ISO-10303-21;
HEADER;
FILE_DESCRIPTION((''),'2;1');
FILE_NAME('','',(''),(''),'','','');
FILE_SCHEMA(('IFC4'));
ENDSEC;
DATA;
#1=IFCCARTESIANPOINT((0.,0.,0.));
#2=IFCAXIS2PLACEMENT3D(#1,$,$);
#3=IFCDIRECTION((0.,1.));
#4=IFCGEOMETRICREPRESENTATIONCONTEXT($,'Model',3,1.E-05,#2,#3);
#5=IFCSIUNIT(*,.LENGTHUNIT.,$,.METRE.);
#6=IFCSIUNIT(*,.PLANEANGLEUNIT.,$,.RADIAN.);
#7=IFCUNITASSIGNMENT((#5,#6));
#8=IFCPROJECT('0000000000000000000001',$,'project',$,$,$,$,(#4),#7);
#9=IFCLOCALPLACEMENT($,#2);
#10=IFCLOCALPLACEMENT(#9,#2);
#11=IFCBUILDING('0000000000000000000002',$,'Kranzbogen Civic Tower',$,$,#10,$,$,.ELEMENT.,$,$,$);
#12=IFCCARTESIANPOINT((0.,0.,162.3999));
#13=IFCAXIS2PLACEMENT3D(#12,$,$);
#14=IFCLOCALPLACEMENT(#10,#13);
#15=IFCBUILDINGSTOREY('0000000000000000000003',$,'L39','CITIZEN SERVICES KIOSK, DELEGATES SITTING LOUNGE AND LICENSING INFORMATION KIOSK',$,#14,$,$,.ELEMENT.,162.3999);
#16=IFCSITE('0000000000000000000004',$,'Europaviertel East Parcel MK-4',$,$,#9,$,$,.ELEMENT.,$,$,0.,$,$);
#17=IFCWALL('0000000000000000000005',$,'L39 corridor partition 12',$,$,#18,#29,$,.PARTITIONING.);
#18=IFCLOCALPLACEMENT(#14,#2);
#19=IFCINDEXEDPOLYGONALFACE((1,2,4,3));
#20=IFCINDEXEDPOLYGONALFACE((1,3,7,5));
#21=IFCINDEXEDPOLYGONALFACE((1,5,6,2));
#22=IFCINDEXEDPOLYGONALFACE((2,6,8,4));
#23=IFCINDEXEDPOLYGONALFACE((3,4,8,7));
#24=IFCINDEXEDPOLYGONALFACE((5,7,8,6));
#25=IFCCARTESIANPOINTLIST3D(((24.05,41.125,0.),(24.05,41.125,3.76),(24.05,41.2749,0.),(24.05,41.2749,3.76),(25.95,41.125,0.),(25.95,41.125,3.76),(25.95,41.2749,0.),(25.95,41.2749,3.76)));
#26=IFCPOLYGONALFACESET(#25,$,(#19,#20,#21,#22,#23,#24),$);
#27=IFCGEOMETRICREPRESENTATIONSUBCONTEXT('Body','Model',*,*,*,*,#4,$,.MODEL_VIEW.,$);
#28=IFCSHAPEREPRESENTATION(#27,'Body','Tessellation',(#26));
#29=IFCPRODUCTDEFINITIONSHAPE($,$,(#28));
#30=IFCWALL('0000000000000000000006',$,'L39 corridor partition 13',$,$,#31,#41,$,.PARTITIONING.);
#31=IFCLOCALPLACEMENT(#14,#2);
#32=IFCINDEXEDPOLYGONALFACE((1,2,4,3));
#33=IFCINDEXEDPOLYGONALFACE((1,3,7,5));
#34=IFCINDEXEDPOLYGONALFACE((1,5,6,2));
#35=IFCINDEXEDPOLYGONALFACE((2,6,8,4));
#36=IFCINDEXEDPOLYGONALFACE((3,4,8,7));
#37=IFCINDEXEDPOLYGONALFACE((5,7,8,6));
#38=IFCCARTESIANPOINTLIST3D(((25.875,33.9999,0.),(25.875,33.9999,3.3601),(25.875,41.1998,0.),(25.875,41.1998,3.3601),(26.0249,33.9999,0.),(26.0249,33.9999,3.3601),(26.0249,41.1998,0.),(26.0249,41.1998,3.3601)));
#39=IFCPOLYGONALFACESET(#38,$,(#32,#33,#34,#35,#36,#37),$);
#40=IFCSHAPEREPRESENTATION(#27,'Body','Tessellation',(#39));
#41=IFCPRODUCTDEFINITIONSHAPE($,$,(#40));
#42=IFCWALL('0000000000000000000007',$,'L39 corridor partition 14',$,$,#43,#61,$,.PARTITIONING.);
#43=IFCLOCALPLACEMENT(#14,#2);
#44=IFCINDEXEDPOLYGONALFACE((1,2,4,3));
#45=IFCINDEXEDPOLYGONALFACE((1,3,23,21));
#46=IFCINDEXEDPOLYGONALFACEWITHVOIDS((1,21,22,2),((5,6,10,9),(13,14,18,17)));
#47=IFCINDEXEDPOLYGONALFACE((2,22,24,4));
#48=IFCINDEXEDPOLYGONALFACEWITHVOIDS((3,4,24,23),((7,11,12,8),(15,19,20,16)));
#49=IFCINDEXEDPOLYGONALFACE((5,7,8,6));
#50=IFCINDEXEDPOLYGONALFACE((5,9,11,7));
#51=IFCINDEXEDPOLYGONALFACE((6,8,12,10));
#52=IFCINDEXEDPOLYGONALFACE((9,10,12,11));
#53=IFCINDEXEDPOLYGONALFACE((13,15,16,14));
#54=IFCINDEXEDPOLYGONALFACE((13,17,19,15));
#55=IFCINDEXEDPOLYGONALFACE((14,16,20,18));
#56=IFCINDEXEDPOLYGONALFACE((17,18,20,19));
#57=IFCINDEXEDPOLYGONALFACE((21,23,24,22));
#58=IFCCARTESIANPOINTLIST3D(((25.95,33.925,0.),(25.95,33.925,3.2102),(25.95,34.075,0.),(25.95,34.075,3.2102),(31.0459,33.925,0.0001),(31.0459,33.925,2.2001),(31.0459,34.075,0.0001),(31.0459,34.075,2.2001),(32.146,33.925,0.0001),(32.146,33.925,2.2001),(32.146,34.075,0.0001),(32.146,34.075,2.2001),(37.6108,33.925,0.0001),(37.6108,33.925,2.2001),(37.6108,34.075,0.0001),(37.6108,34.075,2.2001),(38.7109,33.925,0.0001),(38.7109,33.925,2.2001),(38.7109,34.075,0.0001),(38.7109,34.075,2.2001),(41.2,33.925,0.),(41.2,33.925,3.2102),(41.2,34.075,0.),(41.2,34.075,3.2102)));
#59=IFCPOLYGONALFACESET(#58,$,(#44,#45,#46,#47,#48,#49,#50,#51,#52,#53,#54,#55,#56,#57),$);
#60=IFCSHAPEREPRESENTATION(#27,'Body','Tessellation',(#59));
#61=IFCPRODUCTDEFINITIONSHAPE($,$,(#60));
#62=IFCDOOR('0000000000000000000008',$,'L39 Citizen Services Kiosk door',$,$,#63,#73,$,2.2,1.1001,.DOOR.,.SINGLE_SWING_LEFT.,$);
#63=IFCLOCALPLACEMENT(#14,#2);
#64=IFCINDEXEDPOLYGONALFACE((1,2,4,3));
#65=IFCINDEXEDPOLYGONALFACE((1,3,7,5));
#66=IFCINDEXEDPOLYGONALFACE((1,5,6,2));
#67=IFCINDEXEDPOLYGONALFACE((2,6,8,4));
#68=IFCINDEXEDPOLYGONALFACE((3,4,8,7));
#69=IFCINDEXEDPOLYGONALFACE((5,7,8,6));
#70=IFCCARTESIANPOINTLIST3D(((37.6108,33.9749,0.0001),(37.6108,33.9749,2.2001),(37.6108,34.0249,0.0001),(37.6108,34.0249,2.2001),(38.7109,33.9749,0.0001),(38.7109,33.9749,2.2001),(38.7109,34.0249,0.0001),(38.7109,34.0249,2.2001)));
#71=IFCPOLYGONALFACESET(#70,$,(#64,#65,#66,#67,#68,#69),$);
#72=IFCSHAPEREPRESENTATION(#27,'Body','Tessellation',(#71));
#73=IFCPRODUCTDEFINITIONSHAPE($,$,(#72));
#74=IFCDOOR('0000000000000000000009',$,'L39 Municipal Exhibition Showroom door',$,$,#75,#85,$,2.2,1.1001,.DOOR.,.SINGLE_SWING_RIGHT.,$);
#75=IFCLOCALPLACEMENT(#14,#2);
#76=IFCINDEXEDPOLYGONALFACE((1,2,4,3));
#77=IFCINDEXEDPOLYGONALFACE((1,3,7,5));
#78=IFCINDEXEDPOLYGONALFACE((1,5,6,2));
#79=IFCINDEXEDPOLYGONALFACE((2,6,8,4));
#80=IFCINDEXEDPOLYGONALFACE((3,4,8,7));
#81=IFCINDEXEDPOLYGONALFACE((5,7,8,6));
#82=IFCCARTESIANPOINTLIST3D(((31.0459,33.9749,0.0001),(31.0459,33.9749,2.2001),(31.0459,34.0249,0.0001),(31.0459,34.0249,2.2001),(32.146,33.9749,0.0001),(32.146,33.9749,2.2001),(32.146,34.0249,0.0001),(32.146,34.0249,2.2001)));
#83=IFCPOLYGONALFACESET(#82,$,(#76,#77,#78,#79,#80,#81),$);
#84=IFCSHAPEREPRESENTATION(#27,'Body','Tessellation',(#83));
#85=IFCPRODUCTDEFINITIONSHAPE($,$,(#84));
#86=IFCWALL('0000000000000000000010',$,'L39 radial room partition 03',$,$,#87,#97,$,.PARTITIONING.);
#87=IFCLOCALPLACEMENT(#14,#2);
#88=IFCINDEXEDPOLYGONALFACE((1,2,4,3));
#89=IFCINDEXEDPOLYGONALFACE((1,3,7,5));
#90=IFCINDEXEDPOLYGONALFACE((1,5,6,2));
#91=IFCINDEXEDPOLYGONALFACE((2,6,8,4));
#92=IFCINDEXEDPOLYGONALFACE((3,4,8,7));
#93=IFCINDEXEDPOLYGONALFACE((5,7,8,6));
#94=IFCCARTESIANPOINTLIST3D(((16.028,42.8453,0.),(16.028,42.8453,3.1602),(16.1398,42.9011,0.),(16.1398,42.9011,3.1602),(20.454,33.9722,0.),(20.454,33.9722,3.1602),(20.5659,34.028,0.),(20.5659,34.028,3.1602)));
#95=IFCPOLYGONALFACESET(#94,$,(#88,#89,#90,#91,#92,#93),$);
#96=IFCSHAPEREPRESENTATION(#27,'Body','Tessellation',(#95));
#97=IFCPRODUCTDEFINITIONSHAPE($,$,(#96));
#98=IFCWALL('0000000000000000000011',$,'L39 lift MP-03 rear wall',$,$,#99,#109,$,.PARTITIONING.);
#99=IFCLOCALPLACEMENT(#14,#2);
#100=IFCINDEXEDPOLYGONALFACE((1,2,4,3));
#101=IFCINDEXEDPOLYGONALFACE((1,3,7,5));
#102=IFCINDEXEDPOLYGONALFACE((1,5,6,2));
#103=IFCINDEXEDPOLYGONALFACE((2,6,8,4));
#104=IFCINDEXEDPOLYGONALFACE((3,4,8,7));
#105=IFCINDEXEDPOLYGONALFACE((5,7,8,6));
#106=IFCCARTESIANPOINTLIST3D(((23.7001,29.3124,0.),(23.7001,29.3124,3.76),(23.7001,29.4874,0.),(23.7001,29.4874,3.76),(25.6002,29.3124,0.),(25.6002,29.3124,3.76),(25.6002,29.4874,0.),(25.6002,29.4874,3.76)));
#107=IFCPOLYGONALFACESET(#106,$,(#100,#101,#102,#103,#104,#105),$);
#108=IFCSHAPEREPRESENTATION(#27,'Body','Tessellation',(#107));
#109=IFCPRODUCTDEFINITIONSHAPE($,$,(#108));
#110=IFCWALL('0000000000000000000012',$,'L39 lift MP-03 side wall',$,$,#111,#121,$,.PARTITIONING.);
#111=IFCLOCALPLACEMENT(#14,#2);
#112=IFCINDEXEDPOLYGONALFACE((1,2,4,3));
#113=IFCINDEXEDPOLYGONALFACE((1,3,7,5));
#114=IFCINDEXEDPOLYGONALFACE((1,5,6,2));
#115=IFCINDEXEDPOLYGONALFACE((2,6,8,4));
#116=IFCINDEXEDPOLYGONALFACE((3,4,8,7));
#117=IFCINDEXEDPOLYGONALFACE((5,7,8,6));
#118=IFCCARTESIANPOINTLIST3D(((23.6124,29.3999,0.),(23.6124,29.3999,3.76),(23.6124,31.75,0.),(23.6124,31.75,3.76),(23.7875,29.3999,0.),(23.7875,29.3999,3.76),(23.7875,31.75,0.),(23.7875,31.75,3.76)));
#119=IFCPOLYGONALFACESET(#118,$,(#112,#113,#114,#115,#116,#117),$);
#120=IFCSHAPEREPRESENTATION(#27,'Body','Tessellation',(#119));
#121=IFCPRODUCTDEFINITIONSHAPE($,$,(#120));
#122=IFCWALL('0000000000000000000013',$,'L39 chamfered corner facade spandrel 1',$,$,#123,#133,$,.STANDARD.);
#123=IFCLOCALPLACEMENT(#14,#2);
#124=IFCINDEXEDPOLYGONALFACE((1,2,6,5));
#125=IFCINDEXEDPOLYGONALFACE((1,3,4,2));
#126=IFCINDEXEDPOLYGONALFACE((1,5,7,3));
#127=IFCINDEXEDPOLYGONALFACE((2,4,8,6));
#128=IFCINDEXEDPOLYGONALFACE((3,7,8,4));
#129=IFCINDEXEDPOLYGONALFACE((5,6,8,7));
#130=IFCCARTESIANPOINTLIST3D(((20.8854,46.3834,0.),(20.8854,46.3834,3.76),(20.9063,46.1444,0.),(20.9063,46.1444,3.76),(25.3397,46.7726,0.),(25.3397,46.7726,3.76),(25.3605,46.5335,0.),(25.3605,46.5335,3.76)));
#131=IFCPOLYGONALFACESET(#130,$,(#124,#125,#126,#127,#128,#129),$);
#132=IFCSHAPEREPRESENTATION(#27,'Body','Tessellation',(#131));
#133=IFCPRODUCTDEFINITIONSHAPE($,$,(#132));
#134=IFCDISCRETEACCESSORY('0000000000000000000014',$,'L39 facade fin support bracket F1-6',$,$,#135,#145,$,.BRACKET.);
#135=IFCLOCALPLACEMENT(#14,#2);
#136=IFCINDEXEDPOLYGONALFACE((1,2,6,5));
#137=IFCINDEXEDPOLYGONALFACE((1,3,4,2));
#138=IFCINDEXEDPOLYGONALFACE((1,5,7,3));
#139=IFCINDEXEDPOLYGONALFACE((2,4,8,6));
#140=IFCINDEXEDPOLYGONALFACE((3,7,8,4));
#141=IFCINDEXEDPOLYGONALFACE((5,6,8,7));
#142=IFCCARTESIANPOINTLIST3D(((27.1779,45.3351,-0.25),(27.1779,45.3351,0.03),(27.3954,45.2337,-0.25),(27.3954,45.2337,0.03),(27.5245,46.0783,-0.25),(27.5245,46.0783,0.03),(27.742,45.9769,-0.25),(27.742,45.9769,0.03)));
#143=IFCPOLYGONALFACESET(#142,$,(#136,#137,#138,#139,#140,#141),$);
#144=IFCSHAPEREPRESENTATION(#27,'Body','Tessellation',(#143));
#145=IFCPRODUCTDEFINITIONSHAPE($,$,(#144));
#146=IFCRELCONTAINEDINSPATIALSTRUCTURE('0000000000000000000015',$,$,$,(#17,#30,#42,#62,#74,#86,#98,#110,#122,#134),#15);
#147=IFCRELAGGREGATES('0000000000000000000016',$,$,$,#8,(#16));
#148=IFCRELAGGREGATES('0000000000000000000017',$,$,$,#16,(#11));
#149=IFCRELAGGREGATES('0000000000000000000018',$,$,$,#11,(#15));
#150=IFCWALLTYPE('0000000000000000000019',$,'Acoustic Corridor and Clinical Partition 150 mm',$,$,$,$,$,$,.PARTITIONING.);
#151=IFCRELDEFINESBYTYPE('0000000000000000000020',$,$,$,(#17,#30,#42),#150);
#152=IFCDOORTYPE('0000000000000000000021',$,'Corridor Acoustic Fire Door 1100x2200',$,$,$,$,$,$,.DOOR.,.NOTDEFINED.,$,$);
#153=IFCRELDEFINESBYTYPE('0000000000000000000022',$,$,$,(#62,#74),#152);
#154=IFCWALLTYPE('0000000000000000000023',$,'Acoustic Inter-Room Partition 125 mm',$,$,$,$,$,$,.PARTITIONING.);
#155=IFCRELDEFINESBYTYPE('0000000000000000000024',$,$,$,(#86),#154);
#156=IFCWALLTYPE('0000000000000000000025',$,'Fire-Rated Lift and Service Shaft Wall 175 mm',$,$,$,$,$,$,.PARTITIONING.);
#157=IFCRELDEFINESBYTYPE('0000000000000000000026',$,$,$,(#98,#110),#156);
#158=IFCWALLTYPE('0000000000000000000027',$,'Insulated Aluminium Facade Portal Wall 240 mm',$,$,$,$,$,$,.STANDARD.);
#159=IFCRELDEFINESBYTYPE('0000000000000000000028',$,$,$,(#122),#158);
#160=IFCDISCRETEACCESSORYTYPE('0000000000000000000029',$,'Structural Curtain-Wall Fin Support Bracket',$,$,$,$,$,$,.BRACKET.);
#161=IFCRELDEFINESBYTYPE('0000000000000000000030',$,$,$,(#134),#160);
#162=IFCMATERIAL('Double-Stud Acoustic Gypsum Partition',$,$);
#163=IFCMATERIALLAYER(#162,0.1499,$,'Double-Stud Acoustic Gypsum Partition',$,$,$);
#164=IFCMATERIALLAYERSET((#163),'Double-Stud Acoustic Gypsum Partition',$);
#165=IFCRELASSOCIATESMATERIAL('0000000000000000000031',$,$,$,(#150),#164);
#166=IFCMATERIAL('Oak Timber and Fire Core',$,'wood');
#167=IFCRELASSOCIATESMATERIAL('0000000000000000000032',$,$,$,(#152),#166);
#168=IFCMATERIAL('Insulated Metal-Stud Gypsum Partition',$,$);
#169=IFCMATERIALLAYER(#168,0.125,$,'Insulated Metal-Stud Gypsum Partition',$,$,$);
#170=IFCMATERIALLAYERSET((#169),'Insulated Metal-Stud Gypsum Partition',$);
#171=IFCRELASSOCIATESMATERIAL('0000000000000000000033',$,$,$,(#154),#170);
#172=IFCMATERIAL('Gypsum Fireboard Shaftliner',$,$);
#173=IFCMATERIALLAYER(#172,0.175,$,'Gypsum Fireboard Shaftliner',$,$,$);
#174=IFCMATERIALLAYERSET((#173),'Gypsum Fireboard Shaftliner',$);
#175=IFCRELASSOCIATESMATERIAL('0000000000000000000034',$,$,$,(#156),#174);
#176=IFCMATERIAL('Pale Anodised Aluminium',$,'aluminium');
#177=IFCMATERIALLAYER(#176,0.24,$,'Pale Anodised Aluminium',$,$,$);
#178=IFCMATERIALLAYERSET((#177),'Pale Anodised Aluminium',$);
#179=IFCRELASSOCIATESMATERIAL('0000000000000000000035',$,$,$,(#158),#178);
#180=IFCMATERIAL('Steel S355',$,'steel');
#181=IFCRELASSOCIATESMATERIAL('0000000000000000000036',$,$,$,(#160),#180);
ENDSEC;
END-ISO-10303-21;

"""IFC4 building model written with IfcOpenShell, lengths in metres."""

from ifc_helpers import new_model, si_unit, direction, frame, frame_2d, origin, origin_2d, place, context, subcontext, project, spatial, rectangle, extrude, material, layer, layer_set, type_object, element, fill, save


model = new_model("IFC4")

# Units and contexts
model_context = context("Model", 3, precision=1e-05, world=origin(), true_north=direction((0.0, 1.0)))
body_context = subcontext(model_context, "Body", "Model", "MODEL_VIEW")
ifc_project = project(units=[si_unit("LENGTHUNIT", "METRE"), si_unit("PLANEANGLEUNIT", "RADIAN")], contexts=[model_context])

# Site, building, storey
site_placement = place(None, origin())
site = spatial("IfcSite", under=ifc_project, at=site_placement, Name="Europaviertel East Parcel MK-4", CompositionType="ELEMENT", RefElevation=0.0)
building_placement = place(site_placement, origin())
building = spatial("IfcBuilding", under=site, at=building_placement, Name="Kranzbogen Civic Tower", CompositionType="ELEMENT")
storey_placement = place(building_placement, frame((0.0, 0.0, 162.3999)))
storey = spatial("IfcBuildingStorey", under=building, at=storey_placement, Name="L39", Description="CITIZEN SERVICES KIOSK, DELEGATES SITTING LOUNGE AND LICENSING INFORMATION KIOSK", CompositionType="ELEMENT", Elevation=162.3999)

# Shared definitions
ifc_material_1 = material(Name="Steel S355", Category="steel")

# Shared definitions
ifc_material_2 = material(Name="Pale Anodised Aluminium", Category="aluminium")

# Walls
ifc_material_3 = material(Name="Double-Stud Acoustic Gypsum Partition")
ifc_layer_1 = layer(ifc_material_3, 0.1499, Name="Double-Stud Acoustic Gypsum Partition")
ifc_layer_set_1 = layer_set([ifc_layer_1], Name="Double-Stud Acoustic Gypsum Partition")
wall_type_1 = type_object("IfcWallType", Name="Acoustic Corridor and Clinical Partition 150 mm", PredefinedType="PARTITIONING", material=ifc_layer_set_1)
wall_1_placement = place(storey_placement, frame((24.05, 41.2, 0.0), z_axis=(0.0, 0.0, 1.0), x_axis=(1.0, 0.0, 0.0)))
element("IfcWall", 1, at=wall_1_placement, inside=storey, type_object=wall_type_1, Name="L39 corridor partition 12", PredefinedType="PARTITIONING", context=body_context, shape_type="SweptSolid", body=[
    extrude(rectangle(XDim=1.8999, YDim=0.1499, at=frame_2d((0.95, 0.0))), origin(), (0.0, 0.0, 1.0), 3.76),
])
wall_2_placement = place(storey_placement, frame((25.95, 41.2, 0.0), z_axis=(0.0, 0.0, 1.0), x_axis=(0.0, -1.0, 0.0)))
element("IfcWall", 2, at=wall_2_placement, inside=storey, type_object=wall_type_1, Name="L39 corridor partition 13", PredefinedType="PARTITIONING", context=body_context, shape_type="SweptSolid", body=[
    extrude(rectangle(XDim=7.2, YDim=0.1499, at=frame_2d((3.6001, 0.0))), origin(), (0.0, 0.0, 1.0), 3.3601),
])

# Wall, openings, doors
wall_3_placement = place(storey_placement, frame((25.95, 34.0, 0.0), z_axis=(0.0, 0.0, 1.0), x_axis=(1.0, 0.0, 0.0)))
wall_3 = element("IfcWall", 3, at=wall_3_placement, inside=storey, type_object=wall_type_1, Name="L39 corridor partition 14", PredefinedType="PARTITIONING", context=body_context, shape_type="SweptSolid", body=[
    extrude(rectangle(XDim=15.25, YDim=0.1499, at=frame_2d((7.625, 0.0))), origin(), (0.0, 0.0, 1.0), 3.2102),
])
opening_1_placement = place(wall_3_placement, frame((11.6609, 0.0, 0.0)))
opening_1 = element("IfcOpeningElement", 4, at=opening_1_placement, cuts=wall_3, PredefinedType="OPENING", context=body_context, shape_type="SweptSolid", body=[
    extrude(rectangle(XDim=1.1001, YDim=2.2, at=frame_2d((0.55, 1.1001))), frame((0.0, 0.085, 0.0), z_axis=(0.0, -1.0, 0.0), x_axis=(1.0, 0.0, 0.0)), (0.0, 0.0, 1.0), 0.1699),
])
opening_2_placement = place(wall_3_placement, frame((5.0959, 0.0, 0.0)))
opening_2 = element("IfcOpeningElement", 5, at=opening_2_placement, cuts=wall_3, PredefinedType="OPENING", context=body_context, shape_type="SweptSolid", body=[
    extrude(rectangle(XDim=1.1001, YDim=2.2, at=frame_2d((0.55, 1.1001))), frame((0.0, 0.085, 0.0), z_axis=(0.0, -1.0, 0.0), x_axis=(1.0, 0.0, 0.0)), (0.0, 0.0, 1.0), 0.1699),
])
ifc_material_4 = material(Name="Oak Timber and Fire Core", Category="wood")
door_type = type_object("IfcDoorType", Name="Corridor Acoustic Fire Door 1100x2200", OperationType="NOTDEFINED", PredefinedType="DOOR", material=ifc_material_4)
door_1_placement = place(opening_1_placement, origin())
door_1 = element("IfcDoor", 6, at=door_1_placement, inside=storey, type_object=door_type, Name="L39 Citizen Services Kiosk door", OperationType="SINGLE_SWING_LEFT", OverallHeight=2.2, OverallWidth=1.1001, PredefinedType="DOOR", context=body_context, shape_type="SweptSolid", body=[
    extrude(rectangle(XDim=1.1001, YDim=2.2, at=frame_2d((0.55, 1.1001))), frame((0.0, 0.0249, 0.0), z_axis=(0.0, -1.0, 0.0), x_axis=(1.0, 0.0, 0.0)), (0.0, 0.0, 1.0), 0.05),
])
fill(opening_1, door_1)
door_2_placement = place(opening_2_placement, origin())
door_2 = element("IfcDoor", 7, at=door_2_placement, inside=storey, type_object=door_type, Name="L39 Municipal Exhibition Showroom door", OperationType="SINGLE_SWING_RIGHT", OverallHeight=2.2, OverallWidth=1.1001, PredefinedType="DOOR", context=body_context, shape_type="SweptSolid", body=[
    extrude(rectangle(XDim=1.1001, YDim=2.2, at=frame_2d((0.55, 1.1001))), frame((0.0, 0.0249, 0.0), z_axis=(0.0, -1.0, 0.0), x_axis=(1.0, 0.0, 0.0)), (0.0, 0.0, 1.0), 0.05),
])
fill(opening_2, door_2)

# Walls
ifc_material_5 = material(Name="Insulated Metal-Stud Gypsum Partition")
ifc_layer_2 = layer(ifc_material_5, 0.125, Name="Insulated Metal-Stud Gypsum Partition")
ifc_layer_set_2 = layer_set([ifc_layer_2], Name="Insulated Metal-Stud Gypsum Partition")
wall_type_2 = type_object("IfcWallType", Name="Acoustic Inter-Room Partition 125 mm", PredefinedType="PARTITIONING", material=ifc_layer_set_2)
wall_4_placement = place(storey_placement, frame((20.51, 34.0, 0.0), z_axis=(0.0, 0.0, 1.0), x_axis=(-0.446366, 0.89485, 0.0)))
element("IfcWall", 8, at=wall_4_placement, inside=storey, type_object=wall_type_2, Name="L39 radial room partition 03", PredefinedType="PARTITIONING", context=body_context, shape_type="SweptSolid", body=[
    extrude(rectangle(XDim=9.9158, YDim=0.125, at=frame_2d((4.958, 0.0))), origin(), (0.0, 0.0, 1.0), 3.1602),
])
ifc_material_6 = material(Name="Gypsum Fireboard Shaftliner")
ifc_layer_3 = layer(ifc_material_6, 0.175, Name="Gypsum Fireboard Shaftliner")
ifc_layer_set_3 = layer_set([ifc_layer_3], Name="Gypsum Fireboard Shaftliner")
wall_type_3 = type_object("IfcWallType", Name="Fire-Rated Lift and Service Shaft Wall 175 mm", PredefinedType="PARTITIONING", material=ifc_layer_set_3)
wall_5_placement = place(storey_placement, frame((23.7, 29.3999, 0.0), z_axis=(0.0, 0.0, 1.0), x_axis=(1.0, 0.0, 0.0)))
element("IfcWall", 9, at=wall_5_placement, inside=storey, type_object=wall_type_3, Name="L39 lift MP-03 rear wall", PredefinedType="PARTITIONING", context=body_context, shape_type="SweptSolid", body=[
    extrude(rectangle(XDim=1.9001, YDim=0.175, at=frame_2d((0.9502, 0.0))), origin(), (0.0, 0.0, 1.0), 3.76),
])
wall_6_placement = place(storey_placement, frame((23.7, 29.3999, 0.0), z_axis=(0.0, 0.0, 1.0), x_axis=(0.0, 1.0, 0.0)))
element("IfcWall", 10, at=wall_6_placement, inside=storey, type_object=wall_type_3, Name="L39 lift MP-03 side wall", PredefinedType="PARTITIONING", context=body_context, shape_type="SweptSolid", body=[
    extrude(rectangle(XDim=2.3501, YDim=0.175, at=frame_2d((1.175, 0.0))), origin(), (0.0, 0.0, 1.0), 3.76),
])
ifc_layer_4 = layer(ifc_material_2, 0.24, Name="Pale Anodised Aluminium")
ifc_layer_set_4 = layer_set([ifc_layer_4], Name="Pale Anodised Aluminium")
wall_type_4 = type_object("IfcWallType", Name="Insulated Aluminium Facade Portal Wall 240 mm", PredefinedType="STANDARD", material=ifc_layer_set_4)
wall_7_placement = place(storey_placement, frame((25.3501, 46.6531, 0.0), z_axis=(0.0, 0.0, 1.0), x_axis=(-0.996205, -0.08704, 0.0)))
element("IfcWall", 11, at=wall_7_placement, inside=storey, type_object=wall_type_4, Name="L39 chamfered corner facade spandrel 1", PredefinedType="STANDARD", context=body_context, shape_type="SweptSolid", body=[
    extrude(rectangle(XDim=4.4712, YDim=0.24, at=frame_2d((2.2356, 0.0))), origin(), (0.0, 0.0, 1.0), 3.76),
])

# Discrete accessory
discrete_accessory_type = type_object("IfcDiscreteAccessoryType", Name="Structural Curtain-Wall Fin Support Bracket", PredefinedType="BRACKET", material=ifc_material_1)
discrete_accessory_placement = place(storey_placement, frame((27.46, 45.656, -0.25), z_axis=(0.0, 0.0, 1.0), x_axis=(0.422618, 0.906308, 0.0)))
element("IfcDiscreteAccessory", 12, at=discrete_accessory_placement, inside=storey, type_object=discrete_accessory_type, Name="L39 facade fin support bracket F1-6", PredefinedType="BRACKET", context=body_context, shape_type="SweptSolid", body=[
    extrude(rectangle(XDim=0.8201, YDim=0.24, at=origin_2d()), origin(), (0.0, 0.0, 1.0), 0.28),
])

save(model, "model.ifc")
